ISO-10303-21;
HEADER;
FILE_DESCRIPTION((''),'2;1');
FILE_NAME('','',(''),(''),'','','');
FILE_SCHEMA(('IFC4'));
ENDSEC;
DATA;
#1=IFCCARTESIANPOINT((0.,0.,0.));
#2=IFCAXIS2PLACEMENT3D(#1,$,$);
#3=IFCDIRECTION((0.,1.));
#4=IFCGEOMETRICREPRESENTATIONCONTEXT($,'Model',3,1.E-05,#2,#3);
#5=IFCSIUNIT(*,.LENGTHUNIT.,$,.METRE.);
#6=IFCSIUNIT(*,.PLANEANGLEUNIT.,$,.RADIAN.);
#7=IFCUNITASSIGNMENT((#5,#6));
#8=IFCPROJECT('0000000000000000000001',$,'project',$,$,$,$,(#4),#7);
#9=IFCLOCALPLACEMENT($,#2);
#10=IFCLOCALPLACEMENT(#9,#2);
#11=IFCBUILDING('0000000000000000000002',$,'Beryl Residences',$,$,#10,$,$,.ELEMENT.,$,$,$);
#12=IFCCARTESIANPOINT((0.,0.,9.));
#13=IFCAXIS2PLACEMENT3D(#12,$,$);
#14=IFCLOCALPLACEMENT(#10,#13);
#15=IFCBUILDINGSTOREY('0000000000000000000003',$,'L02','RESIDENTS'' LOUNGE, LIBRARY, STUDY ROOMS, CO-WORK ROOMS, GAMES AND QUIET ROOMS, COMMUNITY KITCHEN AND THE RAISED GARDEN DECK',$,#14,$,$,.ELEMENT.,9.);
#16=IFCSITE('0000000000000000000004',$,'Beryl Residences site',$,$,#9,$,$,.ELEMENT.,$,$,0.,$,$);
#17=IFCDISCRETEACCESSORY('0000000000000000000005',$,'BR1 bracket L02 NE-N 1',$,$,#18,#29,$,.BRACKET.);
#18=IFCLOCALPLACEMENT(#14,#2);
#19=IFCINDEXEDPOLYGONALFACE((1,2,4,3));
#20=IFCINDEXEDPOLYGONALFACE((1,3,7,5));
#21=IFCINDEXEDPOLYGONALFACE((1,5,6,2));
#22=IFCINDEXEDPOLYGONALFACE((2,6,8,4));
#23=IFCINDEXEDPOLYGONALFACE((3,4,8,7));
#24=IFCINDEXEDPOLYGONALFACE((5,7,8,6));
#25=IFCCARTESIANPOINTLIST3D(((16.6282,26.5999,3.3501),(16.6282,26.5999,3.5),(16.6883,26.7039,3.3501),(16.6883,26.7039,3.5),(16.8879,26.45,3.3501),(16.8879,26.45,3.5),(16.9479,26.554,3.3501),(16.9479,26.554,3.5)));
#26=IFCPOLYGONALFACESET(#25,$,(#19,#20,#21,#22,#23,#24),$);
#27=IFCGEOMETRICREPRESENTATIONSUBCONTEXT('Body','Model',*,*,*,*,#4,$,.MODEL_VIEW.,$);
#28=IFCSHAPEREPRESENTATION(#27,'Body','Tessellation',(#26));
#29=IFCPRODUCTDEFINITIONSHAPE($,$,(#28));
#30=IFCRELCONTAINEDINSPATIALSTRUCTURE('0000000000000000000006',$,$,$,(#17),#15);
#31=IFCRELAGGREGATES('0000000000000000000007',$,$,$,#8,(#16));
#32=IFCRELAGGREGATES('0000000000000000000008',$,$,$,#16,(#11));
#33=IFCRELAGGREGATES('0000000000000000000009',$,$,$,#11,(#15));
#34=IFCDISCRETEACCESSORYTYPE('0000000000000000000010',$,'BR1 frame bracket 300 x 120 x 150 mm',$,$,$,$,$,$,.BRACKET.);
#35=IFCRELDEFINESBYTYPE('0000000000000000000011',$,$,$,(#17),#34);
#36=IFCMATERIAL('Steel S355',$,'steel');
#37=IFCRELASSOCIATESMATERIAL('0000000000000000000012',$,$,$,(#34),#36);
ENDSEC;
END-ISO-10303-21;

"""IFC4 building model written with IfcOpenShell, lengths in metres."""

from ifc_helpers import new_model, si_unit, direction, frame, origin, place, context, subcontext, project, spatial, polyline, outline, extrude, source, transform, mapped, material, type_object, type_shapes, element, save


model = new_model("IFC4")

# Units and contexts
model_context = context("Model", 3, precision=1e-05, world=origin(), true_north=direction((0.0, 1.0)))
body_context = subcontext(model_context, "Body", "Model", "MODEL_VIEW")
ifc_project = project(units=[si_unit("LENGTHUNIT", "METRE"), si_unit("PLANEANGLEUNIT", "RADIAN")], contexts=[model_context])

# Site, building, storey
site_placement = place(None, origin())
site = spatial("IfcSite", under=ifc_project, at=site_placement, Name="Beryl Residences site", CompositionType="ELEMENT", RefElevation=0.0)
building_placement = place(site_placement, origin())
building = spatial("IfcBuilding", under=site, at=building_placement, Name="Beryl Residences", CompositionType="ELEMENT")
storey_placement = place(building_placement, frame((0.0, 0.0, 9.0)))
storey = spatial("IfcBuildingStorey", under=building, at=storey_placement, Name="L02", Description="RESIDENTS' LOUNGE, LIBRARY, STUDY ROOMS, CO-WORK ROOMS, GAMES AND QUIET ROOMS, COMMUNITY KITCHEN AND THE RAISED GARDEN DECK", CompositionType="ELEMENT", Elevation=9.0)

# Discrete accessory
ifc_material_1 = material(Name="Steel S355", Category="steel")
discrete_accessory_type = type_object("IfcDiscreteAccessoryType", Name="BR1 frame bracket 300 x 120 x 150 mm", PredefinedType="BRACKET", material=ifc_material_1)
shared_shape_1 = source(origin(), body_context, "Body", "SweptSolid", [
    extrude(outline(polyline([(-0.1499, 0.0), (0.1499, 0.0), (0.1499, 0.1201), (-0.1499, 0.1201), (-0.1499, 0.0)])), origin(), (0.0, 0.0, 1.0), 0.1499),
])
type_shapes(discrete_accessory_type, [shared_shape_1])
discrete_accessory_placement = place(storey_placement, frame((16.7581, 26.5249, 3.3501), z_axis=(0.0, 0.0, 1.0), x_axis=(0.866025, -0.5, 0.0)))
element("IfcDiscreteAccessory", 1, at=discrete_accessory_placement, inside=storey, type_object=discrete_accessory_type, Name="BR1 bracket L02 NE-N 1", PredefinedType="BRACKET", context=body_context, shape_type="MappedRepresentation", body=[
    mapped(shared_shape_1, transform((0.0, 0.0, 0.0))),
])

save(model, "model.ifc")
